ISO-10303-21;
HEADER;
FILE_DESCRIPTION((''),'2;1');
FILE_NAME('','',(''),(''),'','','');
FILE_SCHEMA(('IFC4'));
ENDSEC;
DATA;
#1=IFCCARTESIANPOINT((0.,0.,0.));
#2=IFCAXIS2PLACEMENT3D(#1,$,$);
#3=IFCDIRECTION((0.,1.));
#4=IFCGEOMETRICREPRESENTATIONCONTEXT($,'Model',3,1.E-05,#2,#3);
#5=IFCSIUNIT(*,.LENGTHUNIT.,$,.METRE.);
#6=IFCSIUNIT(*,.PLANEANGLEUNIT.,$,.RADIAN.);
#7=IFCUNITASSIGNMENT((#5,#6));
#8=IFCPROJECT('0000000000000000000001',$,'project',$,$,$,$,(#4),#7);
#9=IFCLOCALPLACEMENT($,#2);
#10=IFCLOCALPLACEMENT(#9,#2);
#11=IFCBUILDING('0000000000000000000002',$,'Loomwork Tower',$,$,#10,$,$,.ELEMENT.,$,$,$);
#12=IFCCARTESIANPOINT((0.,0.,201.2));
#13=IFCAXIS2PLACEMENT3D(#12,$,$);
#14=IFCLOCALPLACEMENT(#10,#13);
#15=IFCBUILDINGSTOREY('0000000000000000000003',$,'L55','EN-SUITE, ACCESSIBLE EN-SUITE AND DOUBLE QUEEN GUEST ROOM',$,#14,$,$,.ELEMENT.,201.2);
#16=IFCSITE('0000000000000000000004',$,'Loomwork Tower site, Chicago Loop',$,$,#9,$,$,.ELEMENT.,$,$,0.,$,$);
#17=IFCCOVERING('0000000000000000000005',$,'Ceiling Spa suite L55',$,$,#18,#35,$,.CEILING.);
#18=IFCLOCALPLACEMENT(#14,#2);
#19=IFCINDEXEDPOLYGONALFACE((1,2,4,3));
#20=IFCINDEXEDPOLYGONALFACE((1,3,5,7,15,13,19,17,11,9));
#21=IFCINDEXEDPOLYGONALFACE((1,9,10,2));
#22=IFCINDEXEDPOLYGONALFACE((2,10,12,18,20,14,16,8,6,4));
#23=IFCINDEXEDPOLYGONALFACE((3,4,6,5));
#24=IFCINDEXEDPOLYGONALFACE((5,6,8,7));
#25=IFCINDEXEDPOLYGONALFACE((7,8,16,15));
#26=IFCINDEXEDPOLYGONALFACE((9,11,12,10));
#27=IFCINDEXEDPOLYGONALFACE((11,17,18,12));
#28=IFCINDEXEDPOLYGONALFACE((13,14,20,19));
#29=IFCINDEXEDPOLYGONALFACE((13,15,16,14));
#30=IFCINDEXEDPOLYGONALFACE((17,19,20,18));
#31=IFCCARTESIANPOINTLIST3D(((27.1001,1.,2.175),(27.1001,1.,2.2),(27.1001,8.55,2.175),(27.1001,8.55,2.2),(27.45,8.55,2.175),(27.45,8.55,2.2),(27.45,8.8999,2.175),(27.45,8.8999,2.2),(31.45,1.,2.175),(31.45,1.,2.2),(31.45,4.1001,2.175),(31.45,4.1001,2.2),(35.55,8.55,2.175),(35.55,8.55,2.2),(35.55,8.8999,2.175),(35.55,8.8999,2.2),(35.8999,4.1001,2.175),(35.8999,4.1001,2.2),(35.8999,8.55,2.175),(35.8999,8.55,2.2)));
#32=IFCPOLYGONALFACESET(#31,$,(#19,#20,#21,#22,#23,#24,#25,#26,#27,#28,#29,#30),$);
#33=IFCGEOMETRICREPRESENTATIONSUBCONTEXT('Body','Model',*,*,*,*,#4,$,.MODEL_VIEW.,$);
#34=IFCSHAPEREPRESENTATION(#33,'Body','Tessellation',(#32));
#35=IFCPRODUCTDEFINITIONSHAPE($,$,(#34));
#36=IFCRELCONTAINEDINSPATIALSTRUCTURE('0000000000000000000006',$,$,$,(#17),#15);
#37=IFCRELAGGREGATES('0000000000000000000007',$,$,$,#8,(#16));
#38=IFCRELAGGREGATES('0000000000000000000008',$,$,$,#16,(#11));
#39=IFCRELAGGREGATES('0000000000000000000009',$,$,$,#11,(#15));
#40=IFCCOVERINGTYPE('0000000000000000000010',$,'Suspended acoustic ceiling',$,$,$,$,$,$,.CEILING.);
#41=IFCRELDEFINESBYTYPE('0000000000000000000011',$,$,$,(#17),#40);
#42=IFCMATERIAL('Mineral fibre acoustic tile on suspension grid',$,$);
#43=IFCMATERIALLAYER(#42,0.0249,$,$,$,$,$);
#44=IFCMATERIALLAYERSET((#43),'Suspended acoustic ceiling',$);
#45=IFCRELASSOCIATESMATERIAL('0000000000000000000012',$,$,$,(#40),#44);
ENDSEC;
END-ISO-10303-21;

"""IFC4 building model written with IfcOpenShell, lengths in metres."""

from ifc_helpers import new_model, si_unit, direction, frame, origin, place, context, subcontext, project, spatial, polyline, outline, extrude, material, layer, layer_set, type_object, element, save


model = new_model("IFC4")

# Units and contexts
model_context = context("Model", 3, precision=1e-05, world=origin(), true_north=direction((0.0, 1.0)))
body_context = subcontext(model_context, "Body", "Model", "MODEL_VIEW")
ifc_project = project(units=[si_unit("LENGTHUNIT", "METRE"), si_unit("PLANEANGLEUNIT", "RADIAN")], contexts=[model_context])

# Site, building, storey
site_placement = place(None, origin())
site = spatial("IfcSite", under=ifc_project, at=site_placement, Name="Loomwork Tower site, Chicago Loop", CompositionType="ELEMENT", RefElevation=0.0)
building_placement = place(site_placement, origin())
building = spatial("IfcBuilding", under=site, at=building_placement, Name="Loomwork Tower", CompositionType="ELEMENT")
storey_placement = place(building_placement, frame((0.0, 0.0, 201.2)))
storey = spatial("IfcBuildingStorey", under=building, at=storey_placement, Name="L55", Description="EN-SUITE, ACCESSIBLE EN-SUITE AND DOUBLE QUEEN GUEST ROOM", CompositionType="ELEMENT", Elevation=201.2)

# Covering
ifc_material_1 = material(Name="Mineral fibre acoustic tile on suspension grid")
ifc_layer_1 = layer(ifc_material_1, 0.0249)
ifc_layer_set_1 = layer_set([ifc_layer_1], Name="Suspended acoustic ceiling")
covering_type_1 = type_object("IfcCoveringType", Name="Suspended acoustic ceiling", PredefinedType="CEILING", material=ifc_layer_set_1)
covering_1_placement = place(storey_placement, frame((0.0, 0.0, 2.175)))
element("IfcCovering", 1, at=covering_1_placement, inside=storey, type_object=covering_type_1, Name="Ceiling Spa suite L55", PredefinedType="CEILING", context=body_context, shape_type="SweptSolid", body=[
    extrude(outline(polyline([(35.55, 8.8999), (35.55, 8.55), (35.8999, 8.55), (35.8999, 4.1001), (31.45, 4.1001), (31.45, 1.0), (27.1001, 1.0), (27.1001, 8.55), (27.45, 8.55), (27.45, 8.8999), (35.55, 8.8999)])), origin(), (0.0, 0.0, 1.0), 0.0249),
])

save(model, "model.ifc")
